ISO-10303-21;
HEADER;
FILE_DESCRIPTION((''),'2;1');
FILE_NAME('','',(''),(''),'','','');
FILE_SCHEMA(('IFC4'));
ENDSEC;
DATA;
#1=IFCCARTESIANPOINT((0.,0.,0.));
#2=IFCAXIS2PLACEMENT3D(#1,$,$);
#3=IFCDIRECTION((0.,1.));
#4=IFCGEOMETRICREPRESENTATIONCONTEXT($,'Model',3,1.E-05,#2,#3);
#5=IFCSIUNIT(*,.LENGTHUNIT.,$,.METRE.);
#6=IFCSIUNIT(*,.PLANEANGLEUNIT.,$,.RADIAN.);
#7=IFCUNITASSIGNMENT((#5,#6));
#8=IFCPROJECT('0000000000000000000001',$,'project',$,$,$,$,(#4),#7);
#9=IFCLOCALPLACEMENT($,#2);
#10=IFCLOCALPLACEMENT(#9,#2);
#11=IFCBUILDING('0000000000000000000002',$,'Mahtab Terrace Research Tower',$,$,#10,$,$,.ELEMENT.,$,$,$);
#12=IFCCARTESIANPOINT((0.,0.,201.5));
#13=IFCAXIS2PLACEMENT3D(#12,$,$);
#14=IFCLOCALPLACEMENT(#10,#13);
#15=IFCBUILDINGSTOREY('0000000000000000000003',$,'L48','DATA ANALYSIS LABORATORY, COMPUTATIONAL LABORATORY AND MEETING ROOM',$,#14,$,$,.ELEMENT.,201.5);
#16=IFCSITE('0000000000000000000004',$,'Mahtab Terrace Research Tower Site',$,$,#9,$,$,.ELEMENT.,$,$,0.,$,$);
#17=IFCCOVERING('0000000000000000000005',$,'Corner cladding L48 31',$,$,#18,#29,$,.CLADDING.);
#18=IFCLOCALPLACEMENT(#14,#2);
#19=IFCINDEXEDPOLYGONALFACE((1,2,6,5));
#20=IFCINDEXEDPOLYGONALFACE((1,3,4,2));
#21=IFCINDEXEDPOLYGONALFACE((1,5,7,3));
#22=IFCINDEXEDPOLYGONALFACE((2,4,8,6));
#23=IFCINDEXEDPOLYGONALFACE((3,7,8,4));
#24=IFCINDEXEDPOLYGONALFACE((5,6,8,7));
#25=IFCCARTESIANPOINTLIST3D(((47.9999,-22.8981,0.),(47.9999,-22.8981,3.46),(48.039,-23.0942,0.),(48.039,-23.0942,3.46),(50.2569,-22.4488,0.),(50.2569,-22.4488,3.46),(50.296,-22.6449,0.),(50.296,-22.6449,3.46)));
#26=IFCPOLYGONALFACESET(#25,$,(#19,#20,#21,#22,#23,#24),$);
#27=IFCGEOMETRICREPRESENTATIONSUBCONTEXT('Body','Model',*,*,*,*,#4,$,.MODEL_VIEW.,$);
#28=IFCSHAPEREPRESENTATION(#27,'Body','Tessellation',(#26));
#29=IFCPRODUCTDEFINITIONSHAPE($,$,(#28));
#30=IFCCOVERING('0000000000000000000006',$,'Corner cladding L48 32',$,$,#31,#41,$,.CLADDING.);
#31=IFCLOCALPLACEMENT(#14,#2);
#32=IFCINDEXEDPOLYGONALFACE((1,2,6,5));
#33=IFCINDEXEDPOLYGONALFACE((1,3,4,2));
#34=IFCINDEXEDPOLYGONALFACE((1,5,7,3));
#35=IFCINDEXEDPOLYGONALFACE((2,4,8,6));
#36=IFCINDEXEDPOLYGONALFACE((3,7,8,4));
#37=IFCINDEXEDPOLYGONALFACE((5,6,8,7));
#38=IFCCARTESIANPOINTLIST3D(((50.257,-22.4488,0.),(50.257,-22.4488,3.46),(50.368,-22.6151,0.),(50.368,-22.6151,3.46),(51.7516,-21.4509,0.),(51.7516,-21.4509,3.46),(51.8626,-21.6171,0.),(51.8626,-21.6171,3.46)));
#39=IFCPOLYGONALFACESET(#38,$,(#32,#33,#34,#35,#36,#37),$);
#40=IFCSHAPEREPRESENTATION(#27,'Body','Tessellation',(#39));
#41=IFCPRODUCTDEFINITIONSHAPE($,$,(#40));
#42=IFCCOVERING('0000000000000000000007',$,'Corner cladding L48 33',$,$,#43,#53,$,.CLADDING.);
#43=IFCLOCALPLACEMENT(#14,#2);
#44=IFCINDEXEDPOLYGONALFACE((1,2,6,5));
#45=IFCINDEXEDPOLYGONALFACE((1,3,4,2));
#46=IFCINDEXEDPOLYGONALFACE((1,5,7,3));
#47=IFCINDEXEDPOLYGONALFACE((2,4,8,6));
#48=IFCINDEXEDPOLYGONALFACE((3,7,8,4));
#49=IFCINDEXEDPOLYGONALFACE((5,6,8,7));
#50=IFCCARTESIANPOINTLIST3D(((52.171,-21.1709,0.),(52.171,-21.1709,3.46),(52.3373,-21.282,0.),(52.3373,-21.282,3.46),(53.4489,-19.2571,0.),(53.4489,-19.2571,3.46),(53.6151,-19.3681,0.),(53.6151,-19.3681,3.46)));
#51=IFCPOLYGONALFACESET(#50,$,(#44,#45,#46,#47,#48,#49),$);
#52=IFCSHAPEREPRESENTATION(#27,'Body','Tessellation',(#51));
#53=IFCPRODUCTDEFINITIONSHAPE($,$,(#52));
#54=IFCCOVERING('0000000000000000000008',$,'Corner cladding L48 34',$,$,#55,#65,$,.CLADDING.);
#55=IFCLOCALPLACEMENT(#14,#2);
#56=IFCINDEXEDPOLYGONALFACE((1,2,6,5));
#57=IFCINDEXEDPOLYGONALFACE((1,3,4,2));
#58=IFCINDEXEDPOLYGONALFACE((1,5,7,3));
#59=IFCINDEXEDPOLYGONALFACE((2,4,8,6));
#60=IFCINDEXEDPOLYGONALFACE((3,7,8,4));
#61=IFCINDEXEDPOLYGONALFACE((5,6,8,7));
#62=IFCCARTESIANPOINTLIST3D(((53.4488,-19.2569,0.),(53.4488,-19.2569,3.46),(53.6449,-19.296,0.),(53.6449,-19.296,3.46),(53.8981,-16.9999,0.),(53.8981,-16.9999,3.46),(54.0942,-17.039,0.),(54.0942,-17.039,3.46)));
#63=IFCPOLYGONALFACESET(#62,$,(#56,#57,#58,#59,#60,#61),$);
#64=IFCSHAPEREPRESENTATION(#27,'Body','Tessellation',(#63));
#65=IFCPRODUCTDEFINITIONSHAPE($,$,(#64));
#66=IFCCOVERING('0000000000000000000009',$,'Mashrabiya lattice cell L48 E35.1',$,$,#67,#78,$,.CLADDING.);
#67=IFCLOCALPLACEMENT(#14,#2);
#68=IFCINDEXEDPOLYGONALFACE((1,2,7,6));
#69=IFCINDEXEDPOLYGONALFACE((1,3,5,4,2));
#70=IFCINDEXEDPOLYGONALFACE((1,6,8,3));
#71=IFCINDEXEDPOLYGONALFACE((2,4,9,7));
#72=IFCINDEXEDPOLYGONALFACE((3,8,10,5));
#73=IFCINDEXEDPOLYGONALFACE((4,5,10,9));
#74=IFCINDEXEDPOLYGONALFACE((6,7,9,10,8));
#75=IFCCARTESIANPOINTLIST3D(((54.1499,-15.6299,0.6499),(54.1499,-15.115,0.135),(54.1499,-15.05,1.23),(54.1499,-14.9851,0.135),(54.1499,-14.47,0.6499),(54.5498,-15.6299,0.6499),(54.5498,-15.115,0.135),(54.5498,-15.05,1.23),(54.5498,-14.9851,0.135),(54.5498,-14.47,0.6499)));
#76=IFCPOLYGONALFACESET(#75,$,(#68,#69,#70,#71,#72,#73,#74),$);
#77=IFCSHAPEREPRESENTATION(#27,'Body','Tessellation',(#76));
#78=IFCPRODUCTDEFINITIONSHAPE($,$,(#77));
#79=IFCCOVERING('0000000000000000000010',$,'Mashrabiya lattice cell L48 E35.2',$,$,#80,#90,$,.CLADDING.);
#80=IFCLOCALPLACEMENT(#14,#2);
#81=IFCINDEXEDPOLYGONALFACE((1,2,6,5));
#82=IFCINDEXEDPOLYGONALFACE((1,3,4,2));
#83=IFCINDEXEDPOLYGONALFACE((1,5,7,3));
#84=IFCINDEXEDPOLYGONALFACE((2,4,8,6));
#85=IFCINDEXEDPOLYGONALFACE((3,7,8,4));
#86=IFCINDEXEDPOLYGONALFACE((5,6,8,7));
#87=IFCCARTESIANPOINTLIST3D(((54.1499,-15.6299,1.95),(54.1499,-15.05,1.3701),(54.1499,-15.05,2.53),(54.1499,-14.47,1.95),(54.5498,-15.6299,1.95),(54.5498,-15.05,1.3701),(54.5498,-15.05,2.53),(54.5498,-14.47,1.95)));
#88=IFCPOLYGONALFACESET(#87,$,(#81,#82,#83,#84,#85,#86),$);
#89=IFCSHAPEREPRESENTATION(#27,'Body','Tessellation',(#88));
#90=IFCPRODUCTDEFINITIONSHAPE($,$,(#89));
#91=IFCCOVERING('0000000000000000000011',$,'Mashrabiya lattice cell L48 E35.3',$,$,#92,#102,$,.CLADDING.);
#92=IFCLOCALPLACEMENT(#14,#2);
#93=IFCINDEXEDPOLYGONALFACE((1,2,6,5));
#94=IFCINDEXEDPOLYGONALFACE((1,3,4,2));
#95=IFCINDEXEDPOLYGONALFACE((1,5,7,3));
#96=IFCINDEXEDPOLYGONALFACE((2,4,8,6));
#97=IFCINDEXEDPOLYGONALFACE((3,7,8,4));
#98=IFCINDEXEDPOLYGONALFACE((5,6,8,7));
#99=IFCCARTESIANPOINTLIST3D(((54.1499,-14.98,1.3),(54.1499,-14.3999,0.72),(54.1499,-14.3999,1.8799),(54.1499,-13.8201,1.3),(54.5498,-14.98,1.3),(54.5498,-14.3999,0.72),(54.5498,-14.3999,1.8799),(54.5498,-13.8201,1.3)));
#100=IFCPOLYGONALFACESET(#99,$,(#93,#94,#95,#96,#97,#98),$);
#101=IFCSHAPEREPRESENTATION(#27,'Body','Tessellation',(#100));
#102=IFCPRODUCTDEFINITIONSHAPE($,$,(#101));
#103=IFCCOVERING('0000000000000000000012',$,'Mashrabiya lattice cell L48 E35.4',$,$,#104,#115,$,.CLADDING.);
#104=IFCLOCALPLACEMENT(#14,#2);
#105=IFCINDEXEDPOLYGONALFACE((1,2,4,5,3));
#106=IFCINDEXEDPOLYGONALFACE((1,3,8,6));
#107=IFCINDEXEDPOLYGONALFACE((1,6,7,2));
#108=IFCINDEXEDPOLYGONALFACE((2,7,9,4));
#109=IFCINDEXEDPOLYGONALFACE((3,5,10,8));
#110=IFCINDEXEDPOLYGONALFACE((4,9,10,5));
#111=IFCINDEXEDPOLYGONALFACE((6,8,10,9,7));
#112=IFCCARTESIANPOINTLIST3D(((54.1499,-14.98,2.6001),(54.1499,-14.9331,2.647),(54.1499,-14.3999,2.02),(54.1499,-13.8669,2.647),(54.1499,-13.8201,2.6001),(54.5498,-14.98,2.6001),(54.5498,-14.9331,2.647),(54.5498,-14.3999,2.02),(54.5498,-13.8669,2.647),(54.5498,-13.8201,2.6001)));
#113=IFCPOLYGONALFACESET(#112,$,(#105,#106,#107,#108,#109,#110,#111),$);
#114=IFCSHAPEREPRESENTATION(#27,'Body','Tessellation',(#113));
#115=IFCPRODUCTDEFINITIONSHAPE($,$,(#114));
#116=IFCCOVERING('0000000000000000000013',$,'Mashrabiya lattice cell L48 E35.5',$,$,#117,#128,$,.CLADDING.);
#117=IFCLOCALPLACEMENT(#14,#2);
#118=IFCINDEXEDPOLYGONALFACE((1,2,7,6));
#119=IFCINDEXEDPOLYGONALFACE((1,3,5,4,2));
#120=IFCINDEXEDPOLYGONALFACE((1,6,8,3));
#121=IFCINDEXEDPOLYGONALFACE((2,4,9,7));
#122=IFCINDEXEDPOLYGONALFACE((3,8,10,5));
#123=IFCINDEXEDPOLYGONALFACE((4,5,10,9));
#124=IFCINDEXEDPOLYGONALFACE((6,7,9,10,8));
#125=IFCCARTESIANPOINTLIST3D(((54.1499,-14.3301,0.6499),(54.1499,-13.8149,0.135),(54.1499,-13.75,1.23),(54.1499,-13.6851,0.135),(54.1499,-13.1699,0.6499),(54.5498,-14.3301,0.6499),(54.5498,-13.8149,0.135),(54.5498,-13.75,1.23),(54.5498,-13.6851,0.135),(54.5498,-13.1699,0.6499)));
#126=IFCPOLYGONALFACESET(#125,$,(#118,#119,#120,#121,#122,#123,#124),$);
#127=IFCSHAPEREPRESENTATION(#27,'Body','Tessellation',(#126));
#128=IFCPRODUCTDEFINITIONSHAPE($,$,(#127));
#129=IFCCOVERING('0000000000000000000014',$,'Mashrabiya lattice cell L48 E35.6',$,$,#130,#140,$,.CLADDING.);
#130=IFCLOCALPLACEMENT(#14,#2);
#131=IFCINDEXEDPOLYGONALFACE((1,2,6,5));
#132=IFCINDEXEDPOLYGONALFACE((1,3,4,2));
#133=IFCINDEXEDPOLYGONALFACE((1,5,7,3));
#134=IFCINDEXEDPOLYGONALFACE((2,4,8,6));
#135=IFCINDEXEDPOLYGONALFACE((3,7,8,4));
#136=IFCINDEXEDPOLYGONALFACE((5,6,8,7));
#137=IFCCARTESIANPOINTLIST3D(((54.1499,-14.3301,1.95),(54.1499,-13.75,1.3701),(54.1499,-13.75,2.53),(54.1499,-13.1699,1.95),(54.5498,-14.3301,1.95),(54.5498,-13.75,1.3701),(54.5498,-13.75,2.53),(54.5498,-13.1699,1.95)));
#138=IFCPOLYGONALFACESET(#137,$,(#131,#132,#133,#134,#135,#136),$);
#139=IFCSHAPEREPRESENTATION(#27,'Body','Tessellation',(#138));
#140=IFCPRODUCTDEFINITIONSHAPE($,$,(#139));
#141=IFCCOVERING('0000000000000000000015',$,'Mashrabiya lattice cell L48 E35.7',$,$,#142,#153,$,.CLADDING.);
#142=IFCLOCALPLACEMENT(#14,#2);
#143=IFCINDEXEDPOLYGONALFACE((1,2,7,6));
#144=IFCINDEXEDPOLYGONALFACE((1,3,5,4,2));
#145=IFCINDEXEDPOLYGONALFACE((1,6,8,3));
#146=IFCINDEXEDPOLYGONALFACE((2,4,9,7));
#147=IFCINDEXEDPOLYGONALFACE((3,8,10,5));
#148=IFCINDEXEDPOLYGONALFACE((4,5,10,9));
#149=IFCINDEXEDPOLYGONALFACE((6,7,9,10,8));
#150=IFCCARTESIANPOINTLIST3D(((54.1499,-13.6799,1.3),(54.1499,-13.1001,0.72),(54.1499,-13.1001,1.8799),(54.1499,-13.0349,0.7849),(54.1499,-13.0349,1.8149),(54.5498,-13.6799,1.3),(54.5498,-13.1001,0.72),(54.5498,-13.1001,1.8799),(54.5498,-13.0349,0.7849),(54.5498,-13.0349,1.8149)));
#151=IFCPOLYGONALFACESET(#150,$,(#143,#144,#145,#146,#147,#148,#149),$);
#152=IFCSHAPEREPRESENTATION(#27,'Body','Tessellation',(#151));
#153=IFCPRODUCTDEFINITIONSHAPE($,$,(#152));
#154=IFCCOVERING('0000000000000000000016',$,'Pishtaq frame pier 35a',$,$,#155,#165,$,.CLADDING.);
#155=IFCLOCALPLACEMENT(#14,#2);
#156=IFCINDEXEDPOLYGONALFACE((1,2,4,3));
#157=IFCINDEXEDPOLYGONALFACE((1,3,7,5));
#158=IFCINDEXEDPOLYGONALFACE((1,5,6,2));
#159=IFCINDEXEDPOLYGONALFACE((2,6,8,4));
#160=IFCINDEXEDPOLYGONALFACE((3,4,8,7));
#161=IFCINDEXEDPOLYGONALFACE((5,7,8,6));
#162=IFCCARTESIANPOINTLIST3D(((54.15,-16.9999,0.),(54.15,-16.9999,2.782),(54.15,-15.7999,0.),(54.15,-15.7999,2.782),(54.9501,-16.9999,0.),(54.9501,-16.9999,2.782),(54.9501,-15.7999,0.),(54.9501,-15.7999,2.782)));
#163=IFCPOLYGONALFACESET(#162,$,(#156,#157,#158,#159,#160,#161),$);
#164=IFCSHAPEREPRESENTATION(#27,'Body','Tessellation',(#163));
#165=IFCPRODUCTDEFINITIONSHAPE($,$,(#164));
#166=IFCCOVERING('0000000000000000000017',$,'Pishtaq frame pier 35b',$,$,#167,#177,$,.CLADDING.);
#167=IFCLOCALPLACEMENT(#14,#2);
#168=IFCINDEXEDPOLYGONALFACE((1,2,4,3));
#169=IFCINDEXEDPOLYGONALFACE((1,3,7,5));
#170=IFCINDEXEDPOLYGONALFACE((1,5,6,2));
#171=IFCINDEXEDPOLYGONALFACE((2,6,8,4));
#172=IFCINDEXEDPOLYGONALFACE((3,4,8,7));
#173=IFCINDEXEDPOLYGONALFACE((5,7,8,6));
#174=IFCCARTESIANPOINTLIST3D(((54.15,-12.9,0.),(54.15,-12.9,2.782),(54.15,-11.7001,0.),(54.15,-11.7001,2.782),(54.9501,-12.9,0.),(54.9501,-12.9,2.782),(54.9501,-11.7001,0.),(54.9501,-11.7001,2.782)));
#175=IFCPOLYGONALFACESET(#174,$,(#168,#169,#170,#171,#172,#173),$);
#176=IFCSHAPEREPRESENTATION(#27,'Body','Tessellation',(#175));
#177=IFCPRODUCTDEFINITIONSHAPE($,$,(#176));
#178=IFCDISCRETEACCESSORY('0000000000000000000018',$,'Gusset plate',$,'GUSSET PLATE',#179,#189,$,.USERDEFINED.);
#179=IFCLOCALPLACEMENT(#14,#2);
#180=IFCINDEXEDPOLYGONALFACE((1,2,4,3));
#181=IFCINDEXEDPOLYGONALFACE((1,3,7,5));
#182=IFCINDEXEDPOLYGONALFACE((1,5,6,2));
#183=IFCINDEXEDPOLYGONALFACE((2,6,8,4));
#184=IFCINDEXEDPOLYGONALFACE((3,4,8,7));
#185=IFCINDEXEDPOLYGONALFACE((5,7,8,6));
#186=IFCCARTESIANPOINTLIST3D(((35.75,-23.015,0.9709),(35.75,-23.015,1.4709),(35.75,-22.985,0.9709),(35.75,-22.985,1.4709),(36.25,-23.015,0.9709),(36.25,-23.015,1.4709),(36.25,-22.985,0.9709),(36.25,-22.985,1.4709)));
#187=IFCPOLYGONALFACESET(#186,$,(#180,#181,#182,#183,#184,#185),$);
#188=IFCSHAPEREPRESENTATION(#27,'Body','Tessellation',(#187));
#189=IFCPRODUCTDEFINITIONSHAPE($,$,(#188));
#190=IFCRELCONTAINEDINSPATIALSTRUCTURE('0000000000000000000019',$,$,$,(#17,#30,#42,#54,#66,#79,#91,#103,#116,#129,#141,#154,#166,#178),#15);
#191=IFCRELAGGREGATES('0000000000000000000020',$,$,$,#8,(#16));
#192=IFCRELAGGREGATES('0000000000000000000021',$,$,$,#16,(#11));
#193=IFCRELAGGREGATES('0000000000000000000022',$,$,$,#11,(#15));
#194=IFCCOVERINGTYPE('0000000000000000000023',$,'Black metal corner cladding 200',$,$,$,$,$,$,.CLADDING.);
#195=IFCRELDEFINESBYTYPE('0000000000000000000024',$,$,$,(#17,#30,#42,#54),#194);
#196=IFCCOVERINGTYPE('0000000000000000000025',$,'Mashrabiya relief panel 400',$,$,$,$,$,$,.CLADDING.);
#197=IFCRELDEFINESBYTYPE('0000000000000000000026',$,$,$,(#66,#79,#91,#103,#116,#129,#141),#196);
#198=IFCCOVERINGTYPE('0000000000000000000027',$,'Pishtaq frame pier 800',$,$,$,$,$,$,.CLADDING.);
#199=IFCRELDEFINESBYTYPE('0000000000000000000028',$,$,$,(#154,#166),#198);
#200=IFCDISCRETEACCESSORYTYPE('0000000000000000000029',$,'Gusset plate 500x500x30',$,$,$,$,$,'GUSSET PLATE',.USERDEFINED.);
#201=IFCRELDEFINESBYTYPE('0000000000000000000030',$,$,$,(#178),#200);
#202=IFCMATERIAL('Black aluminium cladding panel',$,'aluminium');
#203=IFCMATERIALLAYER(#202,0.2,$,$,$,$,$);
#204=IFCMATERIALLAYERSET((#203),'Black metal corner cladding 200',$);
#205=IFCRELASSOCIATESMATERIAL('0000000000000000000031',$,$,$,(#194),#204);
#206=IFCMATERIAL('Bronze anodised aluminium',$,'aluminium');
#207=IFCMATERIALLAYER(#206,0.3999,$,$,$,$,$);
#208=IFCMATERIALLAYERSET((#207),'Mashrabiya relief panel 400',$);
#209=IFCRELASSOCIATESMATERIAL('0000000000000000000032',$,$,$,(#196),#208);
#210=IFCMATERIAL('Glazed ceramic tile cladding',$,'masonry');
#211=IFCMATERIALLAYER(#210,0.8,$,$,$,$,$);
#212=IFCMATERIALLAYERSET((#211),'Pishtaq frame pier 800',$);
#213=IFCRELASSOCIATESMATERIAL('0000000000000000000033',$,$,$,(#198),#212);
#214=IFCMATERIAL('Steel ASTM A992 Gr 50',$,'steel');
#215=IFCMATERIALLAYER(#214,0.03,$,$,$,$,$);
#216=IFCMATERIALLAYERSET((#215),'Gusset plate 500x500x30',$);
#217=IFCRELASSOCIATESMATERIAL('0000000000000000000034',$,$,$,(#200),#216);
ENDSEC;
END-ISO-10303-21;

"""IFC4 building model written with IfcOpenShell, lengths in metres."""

from ifc_helpers import new_model, si_unit, direction, frame, origin, origin_2d, place, context, subcontext, project, spatial, polyline, rectangle, outline, extrude, material, layer, layer_set, type_object, element, save


model = new_model("IFC4")

# Units and contexts
model_context = context("Model", 3, precision=1e-05, world=origin(), true_north=direction((0.0, 1.0)))
body_context = subcontext(model_context, "Body", "Model", "MODEL_VIEW")
ifc_project = project(units=[si_unit("LENGTHUNIT", "METRE"), si_unit("PLANEANGLEUNIT", "RADIAN")], contexts=[model_context])

# Site, building, storey
site_placement = place(None, origin())
site = spatial("IfcSite", under=ifc_project, at=site_placement, Name="Mahtab Terrace Research Tower Site", CompositionType="ELEMENT", RefElevation=0.0)
building_placement = place(site_placement, origin())
building = spatial("IfcBuilding", under=site, at=building_placement, Name="Mahtab Terrace Research Tower", CompositionType="ELEMENT")
storey_placement = place(building_placement, frame((0.0, 0.0, 201.5)))
storey = spatial("IfcBuildingStorey", under=building, at=storey_placement, Name="L48", Description="DATA ANALYSIS LABORATORY, COMPUTATIONAL LABORATORY AND MEETING ROOM", CompositionType="ELEMENT", Elevation=201.5)

# Shared definitions
ifc_material_1 = material(Name="Steel ASTM A992 Gr 50", Category="steel")

# Shared definitions
ifc_material_2 = material(Name="Black aluminium cladding panel", Category="aluminium")

# Coverings
ifc_layer_1 = layer(ifc_material_2, 0.2)
ifc_layer_set_1 = layer_set([ifc_layer_1], Name="Black metal corner cladding 200")
covering_type_1 = type_object("IfcCoveringType", Name="Black metal corner cladding 200", PredefinedType="CLADDING", material=ifc_layer_set_1)
covering_1_placement = place(storey_placement, frame((49.1479, -22.7715, 0.0), z_axis=(0.0, 0.0, 1.0), x_axis=(0.980761, 0.195212, 0.0)))
element("IfcCovering", 1, at=covering_1_placement, inside=storey, type_object=covering_type_1, Name="Corner cladding L48 31", PredefinedType="CLADDING", context=body_context, shape_type="SweptSolid", body=[
    extrude(rectangle(XDim=2.3013, YDim=0.2, at=origin_2d()), origin(), (0.0, 0.0, 1.0), 3.46),
])
covering_2_placement = place(storey_placement, frame((51.0598, -22.033, 0.0), z_axis=(0.0, 0.0, 1.0), x_axis=(0.831656, 0.555291, 0.0)))
element("IfcCovering", 2, at=covering_2_placement, inside=storey, type_object=covering_type_1, Name="Corner cladding L48 32", PredefinedType="CLADDING", context=body_context, shape_type="SweptSolid", body=[
    extrude(rectangle(XDim=1.7971, YDim=0.2, at=origin_2d()), origin(), (0.0, 0.0, 1.0), 3.46),
])
for number, where, z_axis, x_axis, name in (
    (3, (52.8931, -20.2695, 0.0), (0.0, 0.0, 1.0), (0.555291, 0.831656, 0.0), "Corner cladding L48 33"),
    (4, (53.7715, -18.1479, 0.0), (0.0, 0.0, 1.0), (0.195212, 0.980761, 0.0), "Corner cladding L48 34"),
):
    element("IfcCovering", number, at=place(storey_placement, frame(where, z_axis=z_axis, x_axis=x_axis)), inside=storey, type_object=covering_type_1, Name=name, PredefinedType="CLADDING", context=body_context, shape_type="SweptSolid", body=[
        extrude(rectangle(XDim=2.3013, YDim=0.2, at=origin_2d()), origin(), (0.0, 0.0, 1.0), 3.46),
    ])
ifc_material_3 = material(Name="Bronze anodised aluminium", Category="aluminium")
ifc_layer_2 = layer(ifc_material_3, 0.3999)
ifc_layer_set_2 = layer_set([ifc_layer_2], Name="Mashrabiya relief panel 400")
covering_type_2 = type_object("IfcCoveringType", Name="Mashrabiya relief panel 400", PredefinedType="CLADDING", material=ifc_layer_set_2)
covering_3_placement = place(storey_placement, frame((54.1499, -15.6299, 0.6499), z_axis=(-1.0, 0.0, 0.0), x_axis=(0.0, 0.706958, 0.707256)))
element("IfcCovering", 5, at=covering_3_placement, inside=storey, type_object=covering_type_2, Name="Mashrabiya lattice cell L48 E35.1", PredefinedType="CLADDING", context=body_context, shape_type="SweptSolid", body=[
    extrude(outline(polyline([(0.0, 0.0), (0.8202, 0.0), (0.82, 0.8204), (0.0917, 0.82), (-0.0002, 0.7282), (0.0, 0.0)])), origin(), (0.0, 0.0, -1.0), 0.3999),
])
covering_4_placement = place(storey_placement, frame((54.1499, -15.05, 2.53), z_axis=(-1.0, 0.0, 0.0), x_axis=(0.0, 0.707107, -0.707107)))
element("IfcCovering", 6, at=covering_4_placement, inside=storey, type_object=covering_type_2, Name="Mashrabiya lattice cell L48 E35.2", PredefinedType="CLADDING", context=body_context, shape_type="SweptSolid", body=[
    extrude(outline(polyline([(0.0, 0.0), (0.8204, 0.0), (0.8202, 0.8202), (0.0002, 0.8202), (0.0, 0.0)])), origin(), (0.0, 0.0, -1.0), 0.3999),
])
covering_5_placement = place(storey_placement, frame((54.1499, -14.3999, 1.8799), z_axis=(-1.0, 0.0, 0.0), x_axis=(0.0, 0.707107, -0.707107)))
element("IfcCovering", 7, at=covering_5_placement, inside=storey, type_object=covering_type_2, Name="Mashrabiya lattice cell L48 E35.3", PredefinedType="CLADDING", context=body_context, shape_type="SweptSolid", body=[
    extrude(outline(polyline([(0.0, 0.0), (0.82, 0.0), (0.8202, 0.8202), (-0.0002, 0.8202), (0.0, 0.0)])), origin(), (0.0, 0.0, -1.0), 0.3999),
])
covering_6_placement = place(storey_placement, frame((54.1499, -13.8201, 2.6001), z_axis=(-1.0, 0.0, 0.0), x_axis=(0.0, -0.706958, -0.707256)))
element("IfcCovering", 8, at=covering_6_placement, inside=storey, type_object=covering_type_2, Name="Mashrabiya lattice cell L48 E35.4", PredefinedType="CLADDING", context=body_context, shape_type="SweptSolid", body=[
    extrude(outline(polyline([(0.0, 0.0), (0.8202, 0.0), (0.82, 0.8204), (0.7537, 0.8203), (0.0, 0.0663), (0.0, 0.0)])), origin(), (0.0, 0.0, -1.0), 0.3999),
])
covering_7_placement = place(storey_placement, frame((54.1499, -14.3301, 0.6499), z_axis=(-1.0, 0.0, 0.0), x_axis=(0.0, 0.707107, 0.707107)))
element("IfcCovering", 9, at=covering_7_placement, inside=storey, type_object=covering_type_2, Name="Mashrabiya lattice cell L48 E35.5", PredefinedType="CLADDING", context=body_context, shape_type="SweptSolid", body=[
    extrude(outline(polyline([(0.0, 0.0), (0.8204, 0.0), (0.8204, 0.8204), (0.092, 0.8202), (0.0002, 0.7283), (0.0, 0.0)])), origin(), (0.0, 0.0, -1.0), 0.3999),
])
covering_8_placement = place(storey_placement, frame((54.1499, -13.75, 2.53), z_axis=(-1.0, 0.0, 0.0), x_axis=(0.0, 0.707107, -0.707107)))
element("IfcCovering", 10, at=covering_8_placement, inside=storey, type_object=covering_type_2, Name="Mashrabiya lattice cell L48 E35.6", PredefinedType="CLADDING", context=body_context, shape_type="SweptSolid", body=[
    extrude(outline(polyline([(0.0, 0.0), (0.8204, 0.0), (0.8202, 0.8202), (0.0, 0.8204), (0.0, 0.0)])), origin(), (0.0, 0.0, -1.0), 0.3999),
])
covering_9_placement = place(storey_placement, frame((54.1499, -13.1001, 0.72), z_axis=(-1.0, 0.0, 0.0), x_axis=(0.0, -0.706958, 0.707256)))
element("IfcCovering", 11, at=covering_9_placement, inside=storey, type_object=covering_type_2, Name="Mashrabiya lattice cell L48 E35.7", PredefinedType="CLADDING", context=body_context, shape_type="SweptSolid", body=[
    extrude(outline(polyline([(0.0, 0.0), (0.8202, 0.0), (0.8204, 0.82), (0.7283, 0.8202), (-0.0002, 0.092), (0.0, 0.0)])), origin(), (0.0, 0.0, -1.0), 0.3999),
])
ifc_material_4 = material(Name="Glazed ceramic tile cladding", Category="masonry")
ifc_layer_3 = layer(ifc_material_4, 0.8)
ifc_layer_set_3 = layer_set([ifc_layer_3], Name="Pishtaq frame pier 800")
covering_type_3 = type_object("IfcCoveringType", Name="Pishtaq frame pier 800", PredefinedType="CLADDING", material=ifc_layer_set_3)
for number, where, z_axis, x_axis, name in (
    (12, (54.55, -16.3999, 0.0), (0.0, 0.0, 1.0), (0.0, 1.0, 0.0), "Pishtaq frame pier 35a"),
    (13, (54.55, -12.3, 0.0), (0.0, 0.0, 1.0), (0.0, 1.0, 0.0), "Pishtaq frame pier 35b"),
):
    element("IfcCovering", number, at=place(storey_placement, frame(where, z_axis=z_axis, x_axis=x_axis)), inside=storey, type_object=covering_type_3, Name=name, PredefinedType="CLADDING", context=body_context, shape_type="SweptSolid", body=[
        extrude(rectangle(XDim=1.2, YDim=0.8, at=origin_2d()), origin(), (0.0, 0.0, 1.0), 2.782),
    ])

# Discrete accessory
ifc_layer_4 = layer(ifc_material_1, 0.03)
ifc_layer_set_4 = layer_set([ifc_layer_4], Name="Gusset plate 500x500x30")
discrete_accessory_type = type_object("IfcDiscreteAccessoryType", Name="Gusset plate 500x500x30", ElementType="GUSSET PLATE", PredefinedType="USERDEFINED", material=ifc_layer_set_4)
for number, where, z_axis, x_axis, name in (
    (14, (36.0, -23.0, 0.9709), (0.0, 0.0, 1.0), (1.0, 0.0, 0.0), "Gusset plate"),
):
    element("IfcDiscreteAccessory", number, at=place(storey_placement, frame(where, z_axis=z_axis, x_axis=x_axis)), inside=storey, type_object=discrete_accessory_type, Name=name, ObjectType="GUSSET PLATE", PredefinedType="USERDEFINED", context=body_context, shape_type="SweptSolid", body=[
        extrude(rectangle(XDim=0.5, YDim=0.03, at=origin_2d()), origin(), (0.0, 0.0, 1.0), 0.5),
    ])

save(model, "model.ifc")
